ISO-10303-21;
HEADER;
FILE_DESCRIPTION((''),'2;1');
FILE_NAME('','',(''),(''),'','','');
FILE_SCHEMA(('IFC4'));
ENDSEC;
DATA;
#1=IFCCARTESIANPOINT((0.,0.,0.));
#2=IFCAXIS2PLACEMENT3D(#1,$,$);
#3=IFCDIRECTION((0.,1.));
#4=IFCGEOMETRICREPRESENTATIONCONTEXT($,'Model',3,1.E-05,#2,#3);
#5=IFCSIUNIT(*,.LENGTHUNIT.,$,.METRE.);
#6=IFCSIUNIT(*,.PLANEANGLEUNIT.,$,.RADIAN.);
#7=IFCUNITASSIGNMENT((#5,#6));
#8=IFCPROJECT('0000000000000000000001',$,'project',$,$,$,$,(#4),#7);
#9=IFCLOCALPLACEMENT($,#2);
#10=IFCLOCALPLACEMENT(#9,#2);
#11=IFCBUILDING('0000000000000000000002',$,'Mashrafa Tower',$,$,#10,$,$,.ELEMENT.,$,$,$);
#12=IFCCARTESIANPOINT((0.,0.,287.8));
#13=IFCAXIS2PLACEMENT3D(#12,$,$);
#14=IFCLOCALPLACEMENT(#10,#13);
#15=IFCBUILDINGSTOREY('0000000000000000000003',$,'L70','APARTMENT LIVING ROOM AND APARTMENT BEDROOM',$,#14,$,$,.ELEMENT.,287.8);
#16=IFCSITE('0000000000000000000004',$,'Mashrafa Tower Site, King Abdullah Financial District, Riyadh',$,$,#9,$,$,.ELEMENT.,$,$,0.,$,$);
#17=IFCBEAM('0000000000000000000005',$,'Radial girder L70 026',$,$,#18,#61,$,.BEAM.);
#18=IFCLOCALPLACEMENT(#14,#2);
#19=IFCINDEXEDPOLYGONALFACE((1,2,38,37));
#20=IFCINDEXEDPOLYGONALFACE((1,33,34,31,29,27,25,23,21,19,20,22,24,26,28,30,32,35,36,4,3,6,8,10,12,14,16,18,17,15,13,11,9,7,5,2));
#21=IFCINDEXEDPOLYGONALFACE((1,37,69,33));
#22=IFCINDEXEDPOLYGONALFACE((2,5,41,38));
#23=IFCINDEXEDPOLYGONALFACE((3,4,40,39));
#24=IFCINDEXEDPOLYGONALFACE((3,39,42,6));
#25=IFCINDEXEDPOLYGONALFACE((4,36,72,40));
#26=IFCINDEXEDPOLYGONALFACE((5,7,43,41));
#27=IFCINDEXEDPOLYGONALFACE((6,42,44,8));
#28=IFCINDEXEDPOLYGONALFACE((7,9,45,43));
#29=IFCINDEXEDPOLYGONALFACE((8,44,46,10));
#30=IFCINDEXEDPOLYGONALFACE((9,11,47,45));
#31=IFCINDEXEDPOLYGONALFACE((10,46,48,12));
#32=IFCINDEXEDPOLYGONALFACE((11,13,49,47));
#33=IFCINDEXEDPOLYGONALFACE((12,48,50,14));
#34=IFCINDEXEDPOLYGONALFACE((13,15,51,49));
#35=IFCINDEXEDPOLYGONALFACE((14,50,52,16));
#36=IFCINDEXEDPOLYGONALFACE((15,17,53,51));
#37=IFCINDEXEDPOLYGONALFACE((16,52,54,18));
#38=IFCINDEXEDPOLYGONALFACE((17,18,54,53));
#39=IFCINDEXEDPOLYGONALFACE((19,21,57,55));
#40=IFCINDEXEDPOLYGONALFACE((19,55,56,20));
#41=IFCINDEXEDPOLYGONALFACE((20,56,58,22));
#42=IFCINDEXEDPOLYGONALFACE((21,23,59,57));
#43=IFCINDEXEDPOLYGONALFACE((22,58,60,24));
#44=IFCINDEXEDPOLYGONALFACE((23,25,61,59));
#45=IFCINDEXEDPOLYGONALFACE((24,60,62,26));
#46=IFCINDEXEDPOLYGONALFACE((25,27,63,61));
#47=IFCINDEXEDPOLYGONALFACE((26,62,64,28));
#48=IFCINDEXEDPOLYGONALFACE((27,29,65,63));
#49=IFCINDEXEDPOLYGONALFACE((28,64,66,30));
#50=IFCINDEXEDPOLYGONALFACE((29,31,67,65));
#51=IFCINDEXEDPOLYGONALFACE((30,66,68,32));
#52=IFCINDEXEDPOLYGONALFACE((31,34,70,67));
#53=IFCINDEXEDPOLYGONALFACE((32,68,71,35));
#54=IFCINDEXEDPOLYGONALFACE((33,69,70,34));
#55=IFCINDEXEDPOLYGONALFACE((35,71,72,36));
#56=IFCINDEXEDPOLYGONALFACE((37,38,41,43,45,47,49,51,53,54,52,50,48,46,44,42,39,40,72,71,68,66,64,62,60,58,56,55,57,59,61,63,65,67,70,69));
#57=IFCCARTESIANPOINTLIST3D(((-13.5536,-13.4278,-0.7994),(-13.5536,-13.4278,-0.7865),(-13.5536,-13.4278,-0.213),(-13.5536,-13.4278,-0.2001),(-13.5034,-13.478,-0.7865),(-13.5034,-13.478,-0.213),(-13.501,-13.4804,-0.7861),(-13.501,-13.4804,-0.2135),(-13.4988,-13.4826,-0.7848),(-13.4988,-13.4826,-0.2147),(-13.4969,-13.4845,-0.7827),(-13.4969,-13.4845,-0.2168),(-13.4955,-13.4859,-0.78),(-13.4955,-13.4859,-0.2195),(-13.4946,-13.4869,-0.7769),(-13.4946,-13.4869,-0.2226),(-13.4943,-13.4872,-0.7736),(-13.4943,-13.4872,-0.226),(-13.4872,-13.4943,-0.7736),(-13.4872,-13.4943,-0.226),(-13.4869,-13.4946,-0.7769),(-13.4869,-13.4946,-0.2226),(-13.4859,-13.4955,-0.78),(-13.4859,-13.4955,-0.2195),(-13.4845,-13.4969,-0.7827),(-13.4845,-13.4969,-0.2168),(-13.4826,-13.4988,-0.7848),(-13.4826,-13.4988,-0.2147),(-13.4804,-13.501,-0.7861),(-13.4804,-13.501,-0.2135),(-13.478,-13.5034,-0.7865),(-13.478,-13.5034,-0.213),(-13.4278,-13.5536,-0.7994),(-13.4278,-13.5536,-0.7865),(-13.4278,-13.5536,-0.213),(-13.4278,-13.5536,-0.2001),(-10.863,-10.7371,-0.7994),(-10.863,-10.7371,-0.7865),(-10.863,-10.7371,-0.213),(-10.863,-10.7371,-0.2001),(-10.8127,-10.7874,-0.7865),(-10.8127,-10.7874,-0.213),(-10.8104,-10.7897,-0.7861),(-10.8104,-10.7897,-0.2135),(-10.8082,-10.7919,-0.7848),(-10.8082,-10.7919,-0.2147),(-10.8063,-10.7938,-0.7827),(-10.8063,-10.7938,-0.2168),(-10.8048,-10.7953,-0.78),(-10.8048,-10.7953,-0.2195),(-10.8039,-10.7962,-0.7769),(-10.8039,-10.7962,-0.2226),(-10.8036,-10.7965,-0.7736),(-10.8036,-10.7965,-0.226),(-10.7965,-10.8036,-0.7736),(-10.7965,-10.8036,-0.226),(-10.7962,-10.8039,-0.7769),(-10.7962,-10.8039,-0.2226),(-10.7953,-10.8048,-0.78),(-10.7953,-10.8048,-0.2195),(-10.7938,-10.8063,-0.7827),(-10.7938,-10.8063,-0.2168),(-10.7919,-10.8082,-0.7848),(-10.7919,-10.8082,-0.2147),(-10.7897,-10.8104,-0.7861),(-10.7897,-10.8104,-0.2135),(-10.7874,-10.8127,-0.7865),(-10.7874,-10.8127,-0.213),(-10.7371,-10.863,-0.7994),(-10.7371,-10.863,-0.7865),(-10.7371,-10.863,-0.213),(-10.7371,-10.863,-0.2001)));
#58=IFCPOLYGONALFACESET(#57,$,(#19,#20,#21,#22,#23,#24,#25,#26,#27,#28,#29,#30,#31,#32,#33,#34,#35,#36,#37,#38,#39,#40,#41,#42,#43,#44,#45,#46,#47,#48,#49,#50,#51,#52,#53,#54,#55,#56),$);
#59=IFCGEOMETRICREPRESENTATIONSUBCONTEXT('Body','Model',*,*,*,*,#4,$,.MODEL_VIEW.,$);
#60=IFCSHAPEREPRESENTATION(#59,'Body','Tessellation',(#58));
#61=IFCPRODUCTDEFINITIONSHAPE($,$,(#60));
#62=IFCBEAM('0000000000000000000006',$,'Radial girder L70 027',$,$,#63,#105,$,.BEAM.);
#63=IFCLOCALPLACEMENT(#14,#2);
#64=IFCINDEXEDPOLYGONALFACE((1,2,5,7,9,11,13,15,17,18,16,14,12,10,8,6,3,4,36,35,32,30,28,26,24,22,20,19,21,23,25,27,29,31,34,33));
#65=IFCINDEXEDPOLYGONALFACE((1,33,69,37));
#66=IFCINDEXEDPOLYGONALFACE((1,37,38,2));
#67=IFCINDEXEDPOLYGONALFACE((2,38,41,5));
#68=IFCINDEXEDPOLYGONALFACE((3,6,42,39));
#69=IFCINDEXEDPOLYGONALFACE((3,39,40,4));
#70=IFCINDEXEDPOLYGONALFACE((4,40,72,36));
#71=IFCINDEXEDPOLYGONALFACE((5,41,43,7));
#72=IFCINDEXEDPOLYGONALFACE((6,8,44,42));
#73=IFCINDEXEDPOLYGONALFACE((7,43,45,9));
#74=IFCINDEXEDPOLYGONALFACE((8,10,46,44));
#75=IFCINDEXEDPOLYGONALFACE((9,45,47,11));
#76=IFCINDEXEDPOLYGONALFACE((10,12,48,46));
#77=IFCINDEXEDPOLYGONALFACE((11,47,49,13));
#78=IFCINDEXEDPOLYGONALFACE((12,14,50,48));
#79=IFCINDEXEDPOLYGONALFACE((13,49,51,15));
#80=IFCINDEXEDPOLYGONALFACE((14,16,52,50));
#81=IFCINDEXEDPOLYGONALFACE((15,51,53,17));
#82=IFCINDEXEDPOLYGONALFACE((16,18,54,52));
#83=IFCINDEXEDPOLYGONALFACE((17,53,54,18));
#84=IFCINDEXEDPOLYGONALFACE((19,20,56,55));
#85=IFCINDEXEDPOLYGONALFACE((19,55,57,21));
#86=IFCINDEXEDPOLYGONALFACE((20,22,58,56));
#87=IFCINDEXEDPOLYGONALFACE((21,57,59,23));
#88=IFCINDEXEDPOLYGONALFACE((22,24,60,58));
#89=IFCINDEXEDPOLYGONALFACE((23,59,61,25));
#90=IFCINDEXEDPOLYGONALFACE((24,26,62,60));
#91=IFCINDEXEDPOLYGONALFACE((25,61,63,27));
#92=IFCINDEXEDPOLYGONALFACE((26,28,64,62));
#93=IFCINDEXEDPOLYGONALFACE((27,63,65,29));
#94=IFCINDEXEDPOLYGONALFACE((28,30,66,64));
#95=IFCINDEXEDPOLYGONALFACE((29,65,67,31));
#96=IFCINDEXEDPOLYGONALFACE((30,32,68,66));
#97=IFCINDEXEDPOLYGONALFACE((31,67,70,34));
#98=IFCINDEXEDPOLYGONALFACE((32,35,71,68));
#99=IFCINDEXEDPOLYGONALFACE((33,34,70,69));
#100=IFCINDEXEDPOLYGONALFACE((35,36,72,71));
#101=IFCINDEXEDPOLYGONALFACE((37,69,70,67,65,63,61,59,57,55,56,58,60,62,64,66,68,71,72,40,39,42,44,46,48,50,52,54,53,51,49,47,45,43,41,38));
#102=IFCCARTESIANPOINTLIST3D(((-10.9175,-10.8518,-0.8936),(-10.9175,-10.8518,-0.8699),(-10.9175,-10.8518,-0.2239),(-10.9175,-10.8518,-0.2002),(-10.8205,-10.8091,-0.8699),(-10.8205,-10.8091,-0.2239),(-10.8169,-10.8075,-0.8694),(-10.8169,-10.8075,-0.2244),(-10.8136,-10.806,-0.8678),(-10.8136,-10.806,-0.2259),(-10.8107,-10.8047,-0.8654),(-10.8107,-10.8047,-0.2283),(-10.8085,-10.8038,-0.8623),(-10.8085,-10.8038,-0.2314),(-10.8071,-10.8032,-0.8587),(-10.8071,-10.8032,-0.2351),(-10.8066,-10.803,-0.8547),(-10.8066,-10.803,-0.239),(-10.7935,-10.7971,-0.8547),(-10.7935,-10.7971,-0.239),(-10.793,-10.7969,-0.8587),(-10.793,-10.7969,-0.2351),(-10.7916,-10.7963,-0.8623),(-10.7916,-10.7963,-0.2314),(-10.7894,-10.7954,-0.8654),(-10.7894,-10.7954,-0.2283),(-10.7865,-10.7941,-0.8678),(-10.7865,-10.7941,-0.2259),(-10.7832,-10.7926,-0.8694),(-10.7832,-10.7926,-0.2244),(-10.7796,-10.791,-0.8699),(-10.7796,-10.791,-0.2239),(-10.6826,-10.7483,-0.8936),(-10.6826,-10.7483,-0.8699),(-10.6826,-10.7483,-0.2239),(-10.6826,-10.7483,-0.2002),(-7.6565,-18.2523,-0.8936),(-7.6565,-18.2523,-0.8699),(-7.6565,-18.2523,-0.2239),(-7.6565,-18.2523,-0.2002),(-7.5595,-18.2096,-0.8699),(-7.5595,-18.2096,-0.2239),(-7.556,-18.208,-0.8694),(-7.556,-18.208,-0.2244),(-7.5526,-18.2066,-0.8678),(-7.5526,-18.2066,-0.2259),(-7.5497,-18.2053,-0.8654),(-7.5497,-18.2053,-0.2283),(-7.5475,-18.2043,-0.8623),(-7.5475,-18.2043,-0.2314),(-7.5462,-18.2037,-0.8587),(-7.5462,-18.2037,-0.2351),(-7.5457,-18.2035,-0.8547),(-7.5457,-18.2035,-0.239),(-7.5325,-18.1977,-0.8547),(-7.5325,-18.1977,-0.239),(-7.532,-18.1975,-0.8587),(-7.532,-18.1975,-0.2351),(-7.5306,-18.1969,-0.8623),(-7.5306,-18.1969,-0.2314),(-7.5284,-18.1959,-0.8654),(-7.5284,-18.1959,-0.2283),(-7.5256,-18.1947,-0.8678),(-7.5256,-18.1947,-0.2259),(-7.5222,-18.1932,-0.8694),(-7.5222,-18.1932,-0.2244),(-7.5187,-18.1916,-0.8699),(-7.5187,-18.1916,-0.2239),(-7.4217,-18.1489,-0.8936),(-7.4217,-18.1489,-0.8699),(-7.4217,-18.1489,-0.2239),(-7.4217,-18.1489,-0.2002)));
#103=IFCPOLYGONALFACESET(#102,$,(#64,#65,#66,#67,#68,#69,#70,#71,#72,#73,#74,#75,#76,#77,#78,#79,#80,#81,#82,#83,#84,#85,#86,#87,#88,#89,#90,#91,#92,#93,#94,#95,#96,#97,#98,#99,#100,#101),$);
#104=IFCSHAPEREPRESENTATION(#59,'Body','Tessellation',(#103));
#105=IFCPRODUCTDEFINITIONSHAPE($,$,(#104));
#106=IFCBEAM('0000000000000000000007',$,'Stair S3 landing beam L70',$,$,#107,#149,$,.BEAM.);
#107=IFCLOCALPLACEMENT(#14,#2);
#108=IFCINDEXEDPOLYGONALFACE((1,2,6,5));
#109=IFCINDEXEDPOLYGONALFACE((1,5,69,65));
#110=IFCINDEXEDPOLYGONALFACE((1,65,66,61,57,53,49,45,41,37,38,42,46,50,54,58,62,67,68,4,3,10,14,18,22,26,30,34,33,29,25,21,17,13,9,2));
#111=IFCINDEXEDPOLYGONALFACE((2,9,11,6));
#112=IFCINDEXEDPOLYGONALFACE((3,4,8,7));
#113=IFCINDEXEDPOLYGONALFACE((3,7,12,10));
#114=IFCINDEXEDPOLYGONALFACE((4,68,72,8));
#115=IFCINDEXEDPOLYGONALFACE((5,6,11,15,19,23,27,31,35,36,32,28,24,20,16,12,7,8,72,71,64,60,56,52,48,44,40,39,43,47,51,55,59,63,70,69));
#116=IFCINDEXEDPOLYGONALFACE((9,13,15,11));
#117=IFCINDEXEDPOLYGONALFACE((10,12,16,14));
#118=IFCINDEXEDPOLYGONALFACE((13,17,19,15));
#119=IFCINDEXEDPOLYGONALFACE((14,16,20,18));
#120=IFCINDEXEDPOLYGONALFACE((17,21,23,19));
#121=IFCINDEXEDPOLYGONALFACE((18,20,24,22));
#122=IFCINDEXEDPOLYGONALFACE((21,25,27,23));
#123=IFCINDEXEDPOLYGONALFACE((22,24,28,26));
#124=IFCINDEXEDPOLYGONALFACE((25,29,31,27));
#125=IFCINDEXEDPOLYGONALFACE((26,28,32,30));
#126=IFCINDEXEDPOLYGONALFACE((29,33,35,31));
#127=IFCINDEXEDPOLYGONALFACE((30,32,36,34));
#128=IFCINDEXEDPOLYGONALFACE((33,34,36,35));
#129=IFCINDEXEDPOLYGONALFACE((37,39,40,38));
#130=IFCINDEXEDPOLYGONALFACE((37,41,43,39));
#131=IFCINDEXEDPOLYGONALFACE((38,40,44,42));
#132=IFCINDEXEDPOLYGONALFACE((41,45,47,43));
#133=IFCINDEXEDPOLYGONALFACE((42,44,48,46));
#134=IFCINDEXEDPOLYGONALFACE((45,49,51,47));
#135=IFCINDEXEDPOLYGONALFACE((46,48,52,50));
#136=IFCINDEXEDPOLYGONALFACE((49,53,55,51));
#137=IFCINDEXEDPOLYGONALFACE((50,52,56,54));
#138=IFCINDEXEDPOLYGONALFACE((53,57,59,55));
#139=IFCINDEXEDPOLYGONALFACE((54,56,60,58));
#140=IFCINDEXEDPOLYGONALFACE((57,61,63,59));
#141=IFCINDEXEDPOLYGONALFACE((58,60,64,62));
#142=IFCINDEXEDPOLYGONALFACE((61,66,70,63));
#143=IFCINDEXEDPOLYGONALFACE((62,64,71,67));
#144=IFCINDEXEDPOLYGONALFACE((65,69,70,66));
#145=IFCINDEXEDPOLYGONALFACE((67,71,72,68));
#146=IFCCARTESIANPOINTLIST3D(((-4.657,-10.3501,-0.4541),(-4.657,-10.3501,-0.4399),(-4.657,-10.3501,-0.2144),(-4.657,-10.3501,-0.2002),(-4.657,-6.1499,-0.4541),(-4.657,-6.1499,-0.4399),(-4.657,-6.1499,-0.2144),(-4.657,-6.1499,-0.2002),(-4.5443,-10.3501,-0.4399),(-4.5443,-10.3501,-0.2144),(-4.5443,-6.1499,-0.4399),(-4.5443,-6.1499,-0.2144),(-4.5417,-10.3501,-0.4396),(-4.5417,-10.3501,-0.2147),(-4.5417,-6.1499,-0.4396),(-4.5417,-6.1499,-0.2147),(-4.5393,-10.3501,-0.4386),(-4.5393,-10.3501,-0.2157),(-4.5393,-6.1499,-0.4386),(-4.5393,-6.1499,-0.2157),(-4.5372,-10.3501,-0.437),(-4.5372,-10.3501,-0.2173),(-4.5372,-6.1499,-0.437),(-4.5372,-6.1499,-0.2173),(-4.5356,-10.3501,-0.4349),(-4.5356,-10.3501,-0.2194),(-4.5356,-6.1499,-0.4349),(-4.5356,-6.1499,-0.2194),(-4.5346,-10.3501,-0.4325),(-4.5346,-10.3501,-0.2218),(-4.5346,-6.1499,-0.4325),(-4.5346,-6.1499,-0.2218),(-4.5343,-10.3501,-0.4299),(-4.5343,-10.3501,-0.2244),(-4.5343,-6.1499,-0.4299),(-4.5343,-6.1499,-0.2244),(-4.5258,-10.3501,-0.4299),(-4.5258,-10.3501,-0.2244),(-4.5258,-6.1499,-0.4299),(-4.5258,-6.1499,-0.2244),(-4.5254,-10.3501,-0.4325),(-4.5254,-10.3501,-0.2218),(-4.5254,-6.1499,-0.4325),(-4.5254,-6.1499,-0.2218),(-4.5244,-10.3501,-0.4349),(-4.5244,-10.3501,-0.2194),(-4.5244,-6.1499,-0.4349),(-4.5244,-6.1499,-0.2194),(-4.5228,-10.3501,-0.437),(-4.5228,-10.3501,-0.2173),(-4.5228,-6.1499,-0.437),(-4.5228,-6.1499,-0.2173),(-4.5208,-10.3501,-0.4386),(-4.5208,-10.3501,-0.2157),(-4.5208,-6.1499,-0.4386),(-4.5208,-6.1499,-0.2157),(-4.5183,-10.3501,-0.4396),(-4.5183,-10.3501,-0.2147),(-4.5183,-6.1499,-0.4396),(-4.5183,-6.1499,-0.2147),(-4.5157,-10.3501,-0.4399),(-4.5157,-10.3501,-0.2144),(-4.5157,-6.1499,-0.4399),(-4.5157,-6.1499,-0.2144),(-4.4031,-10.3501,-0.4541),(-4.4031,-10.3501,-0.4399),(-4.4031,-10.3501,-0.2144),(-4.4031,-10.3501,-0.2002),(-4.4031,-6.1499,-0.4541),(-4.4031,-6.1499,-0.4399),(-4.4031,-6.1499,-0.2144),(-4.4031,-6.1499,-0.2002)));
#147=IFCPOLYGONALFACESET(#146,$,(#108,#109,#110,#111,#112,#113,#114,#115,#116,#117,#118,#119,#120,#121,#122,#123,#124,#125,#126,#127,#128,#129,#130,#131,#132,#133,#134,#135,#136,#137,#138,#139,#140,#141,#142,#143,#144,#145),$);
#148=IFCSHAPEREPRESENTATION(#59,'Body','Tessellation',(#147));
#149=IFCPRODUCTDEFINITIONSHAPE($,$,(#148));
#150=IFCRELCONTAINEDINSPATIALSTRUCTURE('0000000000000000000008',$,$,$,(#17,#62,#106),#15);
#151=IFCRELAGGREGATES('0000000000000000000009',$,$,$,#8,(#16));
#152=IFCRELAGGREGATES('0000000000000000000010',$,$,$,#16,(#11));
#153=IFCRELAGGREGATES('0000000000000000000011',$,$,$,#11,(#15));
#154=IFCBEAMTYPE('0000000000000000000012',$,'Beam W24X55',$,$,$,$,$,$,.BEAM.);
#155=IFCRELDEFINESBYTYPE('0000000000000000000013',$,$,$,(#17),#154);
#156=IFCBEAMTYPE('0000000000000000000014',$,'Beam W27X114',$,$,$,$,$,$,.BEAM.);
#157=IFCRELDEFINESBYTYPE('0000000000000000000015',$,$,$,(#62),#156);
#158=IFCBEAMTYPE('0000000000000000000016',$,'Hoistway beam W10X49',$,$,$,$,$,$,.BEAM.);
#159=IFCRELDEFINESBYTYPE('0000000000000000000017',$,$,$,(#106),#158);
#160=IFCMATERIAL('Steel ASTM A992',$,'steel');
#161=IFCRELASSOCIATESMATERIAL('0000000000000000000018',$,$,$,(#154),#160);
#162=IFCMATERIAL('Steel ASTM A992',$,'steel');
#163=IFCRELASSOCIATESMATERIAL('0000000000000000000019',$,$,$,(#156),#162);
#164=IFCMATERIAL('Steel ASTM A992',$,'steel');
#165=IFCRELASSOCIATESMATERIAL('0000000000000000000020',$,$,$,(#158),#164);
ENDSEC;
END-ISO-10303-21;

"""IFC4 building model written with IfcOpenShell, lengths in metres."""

from ifc_helpers import new_model, si_unit, direction, frame, origin, origin_2d, place, context, subcontext, project, spatial, i_section, extrude, material, material_profile, profile_set, type_object, element, save


model = new_model("IFC4")

# Units and contexts
model_context = context("Model", 3, precision=1e-05, world=origin(), true_north=direction((0.0, 1.0)))
body_context = subcontext(model_context, "Body", "Model", "MODEL_VIEW")
ifc_project = project(units=[si_unit("LENGTHUNIT", "METRE"), si_unit("PLANEANGLEUNIT", "RADIAN")], contexts=[model_context])

# Site, building, storey
site_placement = place(None, origin())
site = spatial("IfcSite", under=ifc_project, at=site_placement, Name="Mashrafa Tower Site, King Abdullah Financial District, Riyadh", CompositionType="ELEMENT", RefElevation=0.0)
building_placement = place(site_placement, origin())
building = spatial("IfcBuilding", under=site, at=building_placement, Name="Mashrafa Tower", CompositionType="ELEMENT")
storey_placement = place(building_placement, frame((0.0, 0.0, 287.8)))
storey = spatial("IfcBuildingStorey", under=building, at=storey_placement, Name="L70", Description="APARTMENT LIVING ROOM AND APARTMENT BEDROOM", CompositionType="ELEMENT", Elevation=287.8)

# Beams
ifc_material_1 = material(Name="Steel ASTM A992", Category="steel")
ifc_material_profile_1 = material_profile(ifc_material_1, i_section(OverallWidth=0.178, OverallDepth=0.5994, WebThickness=0.01, FlangeThickness=0.0129, FilletRadius=0.0129, at=origin_2d()), Name="W24X55")
ifc_profile_set_1 = profile_set([ifc_material_profile_1], Name="Steel ASTM A992")
beam_type_1 = type_object("IfcBeamType", Name="Beam W24X55", PredefinedType="BEAM", material=ifc_profile_set_1)
beam_1_placement = place(storey_placement, frame((-10.8, -10.8, -0.4998), z_axis=(-0.707107, -0.707107, 0.0), x_axis=(0.707107, -0.707107, 0.0)))
element("IfcBeam", 1, at=beam_1_placement, inside=storey, type_object=beam_type_1, Name="Radial girder L70 026", PredefinedType="BEAM", context=body_context, shape_type="SweptSolid", body=[
    extrude(i_section(OverallWidth=0.178, OverallDepth=0.5994, WebThickness=0.01, FlangeThickness=0.0129, FilletRadius=0.0129, at=origin_2d()), origin(), (0.0, 0.0, 1.0), 3.8052),
])
ifc_material_2 = material(Name="Steel ASTM A992", Category="steel")
ifc_material_profile_2 = material_profile(ifc_material_2, i_section(OverallWidth=0.2566, OverallDepth=0.6934, WebThickness=0.0144, FlangeThickness=0.0237, FilletRadius=0.0151, at=origin_2d()), Name="W27X114")
ifc_profile_set_2 = profile_set([ifc_material_profile_2], Name="Steel ASTM A992")
beam_type_2 = type_object("IfcBeamType", Name="Beam W27X114", PredefinedType="BEAM", material=ifc_profile_set_2)
beam_2_placement = place(storey_placement, frame((-10.8, -10.8, -0.5469), z_axis=(0.403226, -0.9151, 0.0), x_axis=(0.9151, 0.403226, 0.0)))
element("IfcBeam", 2, at=beam_2_placement, inside=storey, type_object=beam_type_2, Name="Radial girder L70 027", PredefinedType="BEAM", context=body_context, shape_type="SweptSolid", body=[
    extrude(i_section(OverallWidth=0.2566, OverallDepth=0.6934, WebThickness=0.0144, FlangeThickness=0.0237, FilletRadius=0.0151, at=origin_2d()), origin(), (0.0, 0.0, 1.0), 8.0872),
])
ifc_material_3 = material(Name="Steel ASTM A992", Category="steel")
ifc_material_profile_3 = material_profile(ifc_material_3, i_section(OverallWidth=0.2539, OverallDepth=0.2539, WebThickness=0.0085, FlangeThickness=0.0142, FilletRadius=0.01, at=origin_2d()), Name="W10X49")
ifc_profile_set_3 = profile_set([ifc_material_profile_3], Name="Steel ASTM A992")
beam_type_3 = type_object("IfcBeamType", Name="Hoistway beam W10X49", PredefinedType="BEAM", material=ifc_profile_set_3)
beam_3_placement = place(storey_placement, frame((-4.53, -10.3501, -0.3271), z_axis=(0.0, 1.0, 0.0), x_axis=(-1.0, 0.0, 0.0)))
element("IfcBeam", 3, at=beam_3_placement, inside=storey, type_object=beam_type_3, Name="Stair S3 landing beam L70", PredefinedType="BEAM", context=body_context, shape_type="SweptSolid", body=[
    extrude(i_section(OverallWidth=0.2539, OverallDepth=0.2539, WebThickness=0.0085, FlangeThickness=0.0142, FilletRadius=0.01, at=origin_2d()), origin(), (0.0, 0.0, 1.0), 4.2002),
])

save(model, "model.ifc")
